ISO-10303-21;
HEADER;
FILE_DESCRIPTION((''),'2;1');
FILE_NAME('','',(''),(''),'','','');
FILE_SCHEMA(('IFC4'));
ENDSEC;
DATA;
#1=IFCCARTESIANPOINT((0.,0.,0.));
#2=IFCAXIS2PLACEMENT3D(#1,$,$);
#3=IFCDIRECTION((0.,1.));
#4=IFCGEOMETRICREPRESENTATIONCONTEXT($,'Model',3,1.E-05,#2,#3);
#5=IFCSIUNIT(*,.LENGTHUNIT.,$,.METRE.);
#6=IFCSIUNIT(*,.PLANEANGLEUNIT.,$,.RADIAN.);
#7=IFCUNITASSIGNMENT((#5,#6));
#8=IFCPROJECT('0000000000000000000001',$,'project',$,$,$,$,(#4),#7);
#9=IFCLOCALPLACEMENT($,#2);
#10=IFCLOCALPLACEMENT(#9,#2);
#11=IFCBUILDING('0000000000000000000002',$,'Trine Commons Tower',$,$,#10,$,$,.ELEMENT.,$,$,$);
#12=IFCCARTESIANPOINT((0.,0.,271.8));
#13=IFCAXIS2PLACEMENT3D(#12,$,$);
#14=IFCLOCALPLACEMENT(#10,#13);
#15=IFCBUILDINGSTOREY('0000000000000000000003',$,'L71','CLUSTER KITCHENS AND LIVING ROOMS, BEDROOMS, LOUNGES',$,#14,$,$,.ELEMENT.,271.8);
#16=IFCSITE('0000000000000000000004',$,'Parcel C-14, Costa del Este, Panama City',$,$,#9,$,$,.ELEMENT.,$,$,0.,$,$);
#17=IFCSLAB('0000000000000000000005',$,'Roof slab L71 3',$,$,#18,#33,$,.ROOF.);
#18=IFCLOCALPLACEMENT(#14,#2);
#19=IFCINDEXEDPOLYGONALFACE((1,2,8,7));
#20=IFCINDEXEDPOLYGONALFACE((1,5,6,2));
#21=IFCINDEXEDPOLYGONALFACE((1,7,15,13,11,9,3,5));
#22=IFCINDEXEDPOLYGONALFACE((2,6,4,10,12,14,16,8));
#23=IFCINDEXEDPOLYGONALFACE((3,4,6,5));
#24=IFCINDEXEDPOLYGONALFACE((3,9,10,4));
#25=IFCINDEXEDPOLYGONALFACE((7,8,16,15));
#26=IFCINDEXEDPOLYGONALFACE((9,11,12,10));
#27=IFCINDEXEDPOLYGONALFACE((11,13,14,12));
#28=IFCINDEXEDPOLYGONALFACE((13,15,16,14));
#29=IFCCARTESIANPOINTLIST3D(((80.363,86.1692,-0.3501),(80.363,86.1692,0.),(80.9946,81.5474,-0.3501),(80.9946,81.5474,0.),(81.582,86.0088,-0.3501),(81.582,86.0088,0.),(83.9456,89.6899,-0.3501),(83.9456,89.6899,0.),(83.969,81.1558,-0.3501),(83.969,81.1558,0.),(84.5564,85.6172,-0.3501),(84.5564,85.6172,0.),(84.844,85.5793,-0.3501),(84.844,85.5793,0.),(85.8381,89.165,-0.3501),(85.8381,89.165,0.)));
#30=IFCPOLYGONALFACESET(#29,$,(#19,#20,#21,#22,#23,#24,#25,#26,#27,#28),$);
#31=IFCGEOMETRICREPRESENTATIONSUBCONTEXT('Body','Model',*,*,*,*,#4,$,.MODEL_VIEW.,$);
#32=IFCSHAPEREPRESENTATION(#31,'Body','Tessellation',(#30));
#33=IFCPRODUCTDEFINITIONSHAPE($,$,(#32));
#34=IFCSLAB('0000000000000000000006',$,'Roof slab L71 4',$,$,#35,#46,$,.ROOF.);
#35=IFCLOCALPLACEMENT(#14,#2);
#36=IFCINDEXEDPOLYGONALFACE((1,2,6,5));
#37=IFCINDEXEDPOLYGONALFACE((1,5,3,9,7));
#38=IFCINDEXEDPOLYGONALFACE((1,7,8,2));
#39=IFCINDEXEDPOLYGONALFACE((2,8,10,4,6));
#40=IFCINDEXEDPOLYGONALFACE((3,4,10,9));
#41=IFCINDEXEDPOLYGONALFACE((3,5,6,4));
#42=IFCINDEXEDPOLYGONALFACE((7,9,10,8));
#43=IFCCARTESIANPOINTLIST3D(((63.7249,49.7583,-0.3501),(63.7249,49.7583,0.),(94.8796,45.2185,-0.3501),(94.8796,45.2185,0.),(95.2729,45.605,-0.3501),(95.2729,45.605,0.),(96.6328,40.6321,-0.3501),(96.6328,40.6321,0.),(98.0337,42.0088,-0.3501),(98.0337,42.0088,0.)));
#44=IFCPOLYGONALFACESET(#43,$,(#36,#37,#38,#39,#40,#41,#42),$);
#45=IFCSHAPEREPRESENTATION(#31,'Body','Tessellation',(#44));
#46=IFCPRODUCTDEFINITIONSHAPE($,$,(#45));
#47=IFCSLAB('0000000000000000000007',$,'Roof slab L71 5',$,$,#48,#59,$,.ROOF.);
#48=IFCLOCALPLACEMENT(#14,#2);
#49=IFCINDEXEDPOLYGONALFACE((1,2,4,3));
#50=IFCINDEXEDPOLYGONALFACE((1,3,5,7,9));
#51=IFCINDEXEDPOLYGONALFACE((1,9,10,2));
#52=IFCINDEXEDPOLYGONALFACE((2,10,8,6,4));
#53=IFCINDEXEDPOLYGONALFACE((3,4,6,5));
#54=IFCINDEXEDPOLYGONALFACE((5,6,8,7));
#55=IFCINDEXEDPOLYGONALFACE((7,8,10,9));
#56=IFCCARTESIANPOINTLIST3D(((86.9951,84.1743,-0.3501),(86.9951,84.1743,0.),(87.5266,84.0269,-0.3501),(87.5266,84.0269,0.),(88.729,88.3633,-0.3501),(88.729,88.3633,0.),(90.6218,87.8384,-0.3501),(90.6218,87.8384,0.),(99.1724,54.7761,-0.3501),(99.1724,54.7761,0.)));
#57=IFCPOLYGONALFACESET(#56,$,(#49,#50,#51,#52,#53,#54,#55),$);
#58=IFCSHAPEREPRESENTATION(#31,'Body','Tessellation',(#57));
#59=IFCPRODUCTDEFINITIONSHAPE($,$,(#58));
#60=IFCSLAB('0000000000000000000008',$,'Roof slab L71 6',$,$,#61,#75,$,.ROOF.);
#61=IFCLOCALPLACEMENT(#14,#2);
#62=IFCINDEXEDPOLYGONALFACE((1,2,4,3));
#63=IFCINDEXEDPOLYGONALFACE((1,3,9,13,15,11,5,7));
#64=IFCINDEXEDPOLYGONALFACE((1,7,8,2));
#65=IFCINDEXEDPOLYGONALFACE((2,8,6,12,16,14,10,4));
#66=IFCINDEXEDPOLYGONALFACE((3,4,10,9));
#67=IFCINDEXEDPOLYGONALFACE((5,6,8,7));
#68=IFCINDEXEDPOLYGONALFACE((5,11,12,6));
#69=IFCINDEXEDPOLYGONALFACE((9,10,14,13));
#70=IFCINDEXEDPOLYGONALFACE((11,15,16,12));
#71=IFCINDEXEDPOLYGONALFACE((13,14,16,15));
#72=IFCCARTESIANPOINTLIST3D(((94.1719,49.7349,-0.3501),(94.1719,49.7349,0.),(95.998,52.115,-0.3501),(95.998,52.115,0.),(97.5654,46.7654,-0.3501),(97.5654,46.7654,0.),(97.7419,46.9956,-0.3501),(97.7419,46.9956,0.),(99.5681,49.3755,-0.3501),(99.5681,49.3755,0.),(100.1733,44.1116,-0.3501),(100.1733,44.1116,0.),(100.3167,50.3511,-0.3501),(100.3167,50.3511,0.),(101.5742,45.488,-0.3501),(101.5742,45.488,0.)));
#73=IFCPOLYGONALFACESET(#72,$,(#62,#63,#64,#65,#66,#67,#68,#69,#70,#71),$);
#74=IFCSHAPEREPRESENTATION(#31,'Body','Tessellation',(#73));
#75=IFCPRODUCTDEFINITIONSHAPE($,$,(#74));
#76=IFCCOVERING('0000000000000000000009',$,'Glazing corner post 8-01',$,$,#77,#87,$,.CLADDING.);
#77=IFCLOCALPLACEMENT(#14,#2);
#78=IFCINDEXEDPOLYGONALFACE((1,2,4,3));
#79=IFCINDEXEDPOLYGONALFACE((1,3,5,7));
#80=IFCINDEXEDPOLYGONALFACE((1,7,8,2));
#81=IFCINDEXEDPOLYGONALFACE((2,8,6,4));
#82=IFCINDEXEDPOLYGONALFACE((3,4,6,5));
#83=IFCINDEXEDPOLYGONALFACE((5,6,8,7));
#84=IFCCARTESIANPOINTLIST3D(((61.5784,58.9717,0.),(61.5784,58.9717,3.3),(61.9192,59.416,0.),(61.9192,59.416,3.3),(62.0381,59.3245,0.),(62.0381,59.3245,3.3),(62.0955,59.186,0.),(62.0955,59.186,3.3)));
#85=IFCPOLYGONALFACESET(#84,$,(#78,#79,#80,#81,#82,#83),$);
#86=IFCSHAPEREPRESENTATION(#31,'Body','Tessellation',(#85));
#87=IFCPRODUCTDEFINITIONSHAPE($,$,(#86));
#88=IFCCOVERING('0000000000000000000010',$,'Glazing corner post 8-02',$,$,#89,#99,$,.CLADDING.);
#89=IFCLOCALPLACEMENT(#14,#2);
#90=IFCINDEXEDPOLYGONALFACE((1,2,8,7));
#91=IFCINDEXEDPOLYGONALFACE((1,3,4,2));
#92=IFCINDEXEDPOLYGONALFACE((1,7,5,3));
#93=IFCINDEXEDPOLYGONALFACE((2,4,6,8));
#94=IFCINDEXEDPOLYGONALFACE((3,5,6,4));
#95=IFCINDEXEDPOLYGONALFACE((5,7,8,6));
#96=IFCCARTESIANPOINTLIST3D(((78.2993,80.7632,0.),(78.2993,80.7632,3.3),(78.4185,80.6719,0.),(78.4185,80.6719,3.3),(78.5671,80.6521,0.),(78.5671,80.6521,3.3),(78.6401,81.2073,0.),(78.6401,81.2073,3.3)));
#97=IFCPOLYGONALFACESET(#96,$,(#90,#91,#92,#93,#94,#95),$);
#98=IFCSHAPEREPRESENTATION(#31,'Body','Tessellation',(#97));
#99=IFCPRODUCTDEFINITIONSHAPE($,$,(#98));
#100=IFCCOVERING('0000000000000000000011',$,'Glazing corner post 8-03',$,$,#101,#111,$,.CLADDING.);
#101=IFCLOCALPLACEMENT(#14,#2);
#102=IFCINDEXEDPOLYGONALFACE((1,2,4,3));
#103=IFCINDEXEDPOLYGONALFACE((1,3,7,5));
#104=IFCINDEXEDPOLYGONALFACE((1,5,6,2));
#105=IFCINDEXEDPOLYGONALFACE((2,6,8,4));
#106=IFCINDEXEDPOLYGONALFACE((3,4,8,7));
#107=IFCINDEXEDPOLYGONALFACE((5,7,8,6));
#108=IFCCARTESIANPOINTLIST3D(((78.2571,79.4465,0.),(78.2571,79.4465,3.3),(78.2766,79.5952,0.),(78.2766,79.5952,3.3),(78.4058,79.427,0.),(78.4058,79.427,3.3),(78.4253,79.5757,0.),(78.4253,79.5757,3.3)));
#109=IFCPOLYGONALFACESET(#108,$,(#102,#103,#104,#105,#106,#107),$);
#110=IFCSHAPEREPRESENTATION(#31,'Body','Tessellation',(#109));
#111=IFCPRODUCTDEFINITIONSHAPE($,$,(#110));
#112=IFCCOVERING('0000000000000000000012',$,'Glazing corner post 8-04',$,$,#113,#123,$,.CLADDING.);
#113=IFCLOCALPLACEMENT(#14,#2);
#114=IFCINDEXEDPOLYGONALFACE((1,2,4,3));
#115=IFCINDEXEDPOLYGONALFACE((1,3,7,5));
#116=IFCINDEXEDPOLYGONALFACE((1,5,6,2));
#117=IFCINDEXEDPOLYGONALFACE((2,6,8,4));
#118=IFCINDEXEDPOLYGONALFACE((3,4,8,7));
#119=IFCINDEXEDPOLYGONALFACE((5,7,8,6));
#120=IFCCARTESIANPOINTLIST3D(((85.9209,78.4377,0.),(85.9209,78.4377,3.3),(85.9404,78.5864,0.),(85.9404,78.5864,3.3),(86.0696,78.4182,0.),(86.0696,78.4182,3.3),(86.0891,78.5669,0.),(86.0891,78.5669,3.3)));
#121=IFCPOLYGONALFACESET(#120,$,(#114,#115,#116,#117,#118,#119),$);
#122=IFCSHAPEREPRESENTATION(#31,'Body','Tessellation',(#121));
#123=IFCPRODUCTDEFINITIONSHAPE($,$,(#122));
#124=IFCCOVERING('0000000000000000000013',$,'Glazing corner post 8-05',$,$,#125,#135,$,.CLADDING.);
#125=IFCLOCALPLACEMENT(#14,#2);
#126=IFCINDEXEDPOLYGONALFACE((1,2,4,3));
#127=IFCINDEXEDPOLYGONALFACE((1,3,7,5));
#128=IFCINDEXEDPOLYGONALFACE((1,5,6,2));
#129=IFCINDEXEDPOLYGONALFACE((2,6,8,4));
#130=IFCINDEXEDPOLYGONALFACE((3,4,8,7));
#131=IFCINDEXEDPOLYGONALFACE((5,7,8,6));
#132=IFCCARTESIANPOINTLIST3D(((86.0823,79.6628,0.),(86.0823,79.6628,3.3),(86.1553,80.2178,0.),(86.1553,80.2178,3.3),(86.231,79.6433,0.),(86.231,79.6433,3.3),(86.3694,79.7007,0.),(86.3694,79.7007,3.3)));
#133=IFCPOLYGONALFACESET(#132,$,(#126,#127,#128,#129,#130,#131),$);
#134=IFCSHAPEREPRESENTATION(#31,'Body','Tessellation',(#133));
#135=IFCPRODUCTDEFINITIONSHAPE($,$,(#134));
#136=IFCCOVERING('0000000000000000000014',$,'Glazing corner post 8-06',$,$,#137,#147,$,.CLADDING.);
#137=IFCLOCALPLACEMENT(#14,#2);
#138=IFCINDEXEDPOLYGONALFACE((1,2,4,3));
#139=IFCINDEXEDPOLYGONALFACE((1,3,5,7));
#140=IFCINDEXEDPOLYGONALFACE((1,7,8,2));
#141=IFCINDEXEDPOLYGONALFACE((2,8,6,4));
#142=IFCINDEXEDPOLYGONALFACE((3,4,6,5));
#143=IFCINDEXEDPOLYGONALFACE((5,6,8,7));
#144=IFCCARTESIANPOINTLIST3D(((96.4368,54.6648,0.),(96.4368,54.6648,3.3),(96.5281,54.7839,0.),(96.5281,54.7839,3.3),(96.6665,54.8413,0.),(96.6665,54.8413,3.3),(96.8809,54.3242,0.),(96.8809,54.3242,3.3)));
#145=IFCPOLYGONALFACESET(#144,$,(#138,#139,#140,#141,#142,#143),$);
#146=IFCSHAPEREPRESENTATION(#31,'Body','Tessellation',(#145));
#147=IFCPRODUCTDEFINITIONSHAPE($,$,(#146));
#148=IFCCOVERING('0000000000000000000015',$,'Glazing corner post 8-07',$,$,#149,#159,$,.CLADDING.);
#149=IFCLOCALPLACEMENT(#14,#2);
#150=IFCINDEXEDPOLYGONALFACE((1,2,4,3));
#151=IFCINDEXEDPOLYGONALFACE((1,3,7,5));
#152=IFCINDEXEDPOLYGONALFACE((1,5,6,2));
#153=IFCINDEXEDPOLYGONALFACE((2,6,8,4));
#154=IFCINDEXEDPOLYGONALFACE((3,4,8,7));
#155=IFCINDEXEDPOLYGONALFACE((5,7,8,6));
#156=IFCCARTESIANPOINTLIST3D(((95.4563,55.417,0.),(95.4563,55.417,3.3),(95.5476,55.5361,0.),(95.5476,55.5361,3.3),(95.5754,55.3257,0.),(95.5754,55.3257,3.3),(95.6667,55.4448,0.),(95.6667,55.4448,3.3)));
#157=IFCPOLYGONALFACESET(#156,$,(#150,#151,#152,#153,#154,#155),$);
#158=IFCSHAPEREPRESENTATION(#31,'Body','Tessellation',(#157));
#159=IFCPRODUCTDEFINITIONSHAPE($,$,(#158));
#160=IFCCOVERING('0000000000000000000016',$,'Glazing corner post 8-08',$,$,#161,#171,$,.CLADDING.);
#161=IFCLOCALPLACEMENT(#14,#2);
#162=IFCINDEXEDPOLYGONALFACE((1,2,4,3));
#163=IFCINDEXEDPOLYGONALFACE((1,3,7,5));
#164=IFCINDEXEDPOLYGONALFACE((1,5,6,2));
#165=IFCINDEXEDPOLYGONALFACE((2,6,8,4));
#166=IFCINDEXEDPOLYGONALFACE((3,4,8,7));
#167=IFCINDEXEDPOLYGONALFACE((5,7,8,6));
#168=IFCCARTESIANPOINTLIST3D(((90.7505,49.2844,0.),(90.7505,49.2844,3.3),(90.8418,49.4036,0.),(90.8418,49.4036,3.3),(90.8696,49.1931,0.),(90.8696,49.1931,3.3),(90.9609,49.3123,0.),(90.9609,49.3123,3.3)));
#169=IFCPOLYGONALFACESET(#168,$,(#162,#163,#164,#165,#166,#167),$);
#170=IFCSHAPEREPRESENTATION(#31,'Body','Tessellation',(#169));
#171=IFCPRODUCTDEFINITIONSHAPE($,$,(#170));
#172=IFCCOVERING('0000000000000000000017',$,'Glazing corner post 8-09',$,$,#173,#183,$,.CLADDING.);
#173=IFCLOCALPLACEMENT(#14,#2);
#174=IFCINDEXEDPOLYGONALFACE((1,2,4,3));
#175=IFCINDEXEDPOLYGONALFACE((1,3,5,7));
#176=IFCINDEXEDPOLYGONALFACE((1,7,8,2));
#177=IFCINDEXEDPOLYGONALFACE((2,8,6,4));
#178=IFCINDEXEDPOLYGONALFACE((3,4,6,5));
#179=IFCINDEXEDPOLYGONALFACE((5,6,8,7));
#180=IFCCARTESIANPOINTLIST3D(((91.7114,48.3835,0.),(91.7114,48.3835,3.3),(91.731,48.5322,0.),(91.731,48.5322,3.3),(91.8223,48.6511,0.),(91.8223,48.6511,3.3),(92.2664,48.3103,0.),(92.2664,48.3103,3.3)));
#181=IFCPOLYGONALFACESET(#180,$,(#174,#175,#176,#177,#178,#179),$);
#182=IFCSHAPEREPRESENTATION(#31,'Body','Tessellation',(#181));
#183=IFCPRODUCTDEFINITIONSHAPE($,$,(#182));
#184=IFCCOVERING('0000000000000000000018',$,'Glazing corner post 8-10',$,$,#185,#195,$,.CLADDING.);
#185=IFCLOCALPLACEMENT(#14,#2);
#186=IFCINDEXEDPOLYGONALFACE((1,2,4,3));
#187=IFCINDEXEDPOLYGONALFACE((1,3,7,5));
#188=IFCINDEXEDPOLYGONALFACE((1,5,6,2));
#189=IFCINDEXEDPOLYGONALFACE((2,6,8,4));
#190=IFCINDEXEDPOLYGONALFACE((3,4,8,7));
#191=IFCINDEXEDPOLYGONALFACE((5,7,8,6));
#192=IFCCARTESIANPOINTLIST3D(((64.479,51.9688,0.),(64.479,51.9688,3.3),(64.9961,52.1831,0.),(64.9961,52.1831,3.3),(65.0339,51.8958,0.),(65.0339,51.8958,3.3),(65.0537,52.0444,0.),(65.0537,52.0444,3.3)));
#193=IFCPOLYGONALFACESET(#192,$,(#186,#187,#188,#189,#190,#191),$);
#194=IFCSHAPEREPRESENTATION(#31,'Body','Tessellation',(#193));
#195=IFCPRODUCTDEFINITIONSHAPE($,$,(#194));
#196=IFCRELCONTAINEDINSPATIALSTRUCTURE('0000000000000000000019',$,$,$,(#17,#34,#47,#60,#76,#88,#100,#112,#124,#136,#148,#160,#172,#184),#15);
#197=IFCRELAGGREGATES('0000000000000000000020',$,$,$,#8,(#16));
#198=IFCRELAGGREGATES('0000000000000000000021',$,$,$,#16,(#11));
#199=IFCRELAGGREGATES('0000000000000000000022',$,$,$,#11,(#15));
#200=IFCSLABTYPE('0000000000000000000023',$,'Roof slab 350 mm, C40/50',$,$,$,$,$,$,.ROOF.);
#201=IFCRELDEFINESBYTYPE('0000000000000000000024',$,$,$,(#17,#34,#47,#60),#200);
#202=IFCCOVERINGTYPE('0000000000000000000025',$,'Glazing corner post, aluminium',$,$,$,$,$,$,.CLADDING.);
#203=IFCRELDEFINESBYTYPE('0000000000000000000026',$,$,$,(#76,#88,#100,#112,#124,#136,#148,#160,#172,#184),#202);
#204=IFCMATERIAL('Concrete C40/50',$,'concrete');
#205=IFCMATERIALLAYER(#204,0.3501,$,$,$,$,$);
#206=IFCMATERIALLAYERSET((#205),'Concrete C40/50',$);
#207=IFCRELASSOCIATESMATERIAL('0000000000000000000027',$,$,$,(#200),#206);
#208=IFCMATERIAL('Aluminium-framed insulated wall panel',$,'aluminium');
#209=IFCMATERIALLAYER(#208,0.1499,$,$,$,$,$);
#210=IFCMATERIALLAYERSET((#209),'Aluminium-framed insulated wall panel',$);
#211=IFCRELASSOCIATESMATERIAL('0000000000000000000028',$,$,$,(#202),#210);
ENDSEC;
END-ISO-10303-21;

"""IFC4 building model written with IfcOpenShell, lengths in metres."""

from ifc_helpers import new_model, si_unit, direction, frame, origin, place, context, subcontext, project, spatial, polyline, outline, extrude, material, layer, layer_set, type_object, element, save


model = new_model("IFC4")

# Units and contexts
model_context = context("Model", 3, precision=1e-05, world=origin(), true_north=direction((0.0, 1.0)))
body_context = subcontext(model_context, "Body", "Model", "MODEL_VIEW")
ifc_project = project(units=[si_unit("LENGTHUNIT", "METRE"), si_unit("PLANEANGLEUNIT", "RADIAN")], contexts=[model_context])

# Site, building, storey
site_placement = place(None, origin())
site = spatial("IfcSite", under=ifc_project, at=site_placement, Name="Parcel C-14, Costa del Este, Panama City", CompositionType="ELEMENT", RefElevation=0.0)
building_placement = place(site_placement, origin())
building = spatial("IfcBuilding", under=site, at=building_placement, Name="Trine Commons Tower", CompositionType="ELEMENT")
storey_placement = place(building_placement, frame((0.0, 0.0, 271.8)))
storey = spatial("IfcBuildingStorey", under=building, at=storey_placement, Name="L71", Description="CLUSTER KITCHENS AND LIVING ROOMS, BEDROOMS, LOUNGES", CompositionType="ELEMENT", Elevation=271.8)

# Slabs
ifc_material_1 = material(Name="Concrete C40/50", Category="concrete")
ifc_layer_1 = layer(ifc_material_1, 0.3501)
ifc_layer_set_1 = layer_set([ifc_layer_1], Name="Concrete C40/50")
slab_type_1 = type_object("IfcSlabType", Name="Roof slab 350 mm, C40/50", PredefinedType="ROOF", material=ifc_layer_set_1)
slab_1_placement = place(storey_placement, frame((0.0, 0.0, -0.3501)))
element("IfcSlab", 1, at=slab_1_placement, inside=storey, type_object=slab_type_1, Name="Roof slab L71 3", PredefinedType="ROOF", context=body_context, shape_type="SweptSolid", body=[
    extrude(outline(polyline([(80.363, 86.1692), (81.582, 86.0088), (80.9946, 81.5474), (83.969, 81.1558), (84.5564, 85.6172), (84.844, 85.5793), (85.8381, 89.165), (83.9456, 89.6899), (80.363, 86.1692)])), origin(), (0.0, 0.0, 1.0), 0.3501),
])
slab_2_placement = place(storey_placement, frame((0.0, 0.0, -0.3501)))
element("IfcSlab", 2, at=slab_2_placement, inside=storey, type_object=slab_type_1, Name="Roof slab L71 4", PredefinedType="ROOF", context=body_context, shape_type="SweptSolid", body=[
    extrude(outline(polyline([(95.2729, 45.605), (63.7249, 49.7583), (96.6328, 40.6321), (98.0337, 42.0088), (94.8796, 45.2185), (95.2729, 45.605)])), origin(), (0.0, 0.0, 1.0), 0.3501),
])
slab_3_placement = place(storey_placement, frame((0.0, 0.0, -0.3501)))
element("IfcSlab", 3, at=slab_3_placement, inside=storey, type_object=slab_type_1, Name="Roof slab L71 5", PredefinedType="ROOF", context=body_context, shape_type="SweptSolid", body=[
    extrude(outline(polyline([(86.9951, 84.1743), (99.1724, 54.7761), (90.6218, 87.8384), (88.729, 88.3633), (87.5266, 84.0269), (86.9951, 84.1743)])), origin(), (0.0, 0.0, 1.0), 0.3501),
])
slab_4_placement = place(storey_placement, frame((0.0, 0.0, -0.3501)))
element("IfcSlab", 4, at=slab_4_placement, inside=storey, type_object=slab_type_1, Name="Roof slab L71 6", PredefinedType="ROOF", context=body_context, shape_type="SweptSolid", body=[
    extrude(outline(polyline([(101.5742, 45.488), (100.3167, 50.3511), (99.5681, 49.3755), (95.998, 52.115), (94.1719, 49.7349), (97.7419, 46.9956), (97.5654, 46.7654), (100.1733, 44.1116), (101.5742, 45.488)])), origin(), (0.0, 0.0, 1.0), 0.3501),
])

# Coverings
ifc_material_2 = material(Name="Aluminium-framed insulated wall panel", Category="aluminium")
ifc_layer_2 = layer(ifc_material_2, 0.1499)
ifc_layer_set_2 = layer_set([ifc_layer_2], Name="Aluminium-framed insulated wall panel")
covering_type_1 = type_object("IfcCoveringType", Name="Glazing corner post, aluminium", PredefinedType="CLADDING", material=ifc_layer_set_2)
covering_1_placement = place(storey_placement, origin())
element("IfcCovering", 5, at=covering_1_placement, inside=storey, type_object=covering_type_1, Name="Glazing corner post 8-01", PredefinedType="CLADDING", context=body_context, shape_type="SweptSolid", body=[
    extrude(outline(polyline([(62.0381, 59.3245), (61.9192, 59.416), (61.5784, 58.9717), (62.0955, 59.186), (62.0381, 59.3245), (62.0381, 59.3245)])), origin(), (0.0, 0.0, 1.0), 3.3),
])
covering_2_placement = place(storey_placement, origin())
element("IfcCovering", 6, at=covering_2_placement, inside=storey, type_object=covering_type_1, Name="Glazing corner post 8-02", PredefinedType="CLADDING", context=body_context, shape_type="SweptSolid", body=[
    extrude(outline(polyline([(78.4185, 80.6719), (78.5671, 80.6521), (78.6401, 81.2073), (78.2993, 80.7632), (78.4185, 80.6719), (78.4185, 80.6719)])), origin(), (0.0, 0.0, 1.0), 3.3),
])
covering_3_placement = place(storey_placement, origin())
element("IfcCovering", 7, at=covering_3_placement, inside=storey, type_object=covering_type_1, Name="Glazing corner post 8-03", PredefinedType="CLADDING", context=body_context, shape_type="SweptSolid", body=[
    extrude(outline(polyline([(78.4058, 79.427), (78.4253, 79.5757), (78.2766, 79.5952), (78.2571, 79.4465), (78.4058, 79.427)])), origin(), (0.0, 0.0, 1.0), 3.3),
])
covering_4_placement = place(storey_placement, origin())
element("IfcCovering", 8, at=covering_4_placement, inside=storey, type_object=covering_type_1, Name="Glazing corner post 8-04", PredefinedType="CLADDING", context=body_context, shape_type="SweptSolid", body=[
    extrude(outline(polyline([(85.9209, 78.4377), (86.0696, 78.4182), (86.0891, 78.5669), (85.9404, 78.5864), (85.9209, 78.4377)])), origin(), (0.0, 0.0, 1.0), 3.3),
])
covering_5_placement = place(storey_placement, origin())
element("IfcCovering", 9, at=covering_5_placement, inside=storey, type_object=covering_type_1, Name="Glazing corner post 8-05", PredefinedType="CLADDING", context=body_context, shape_type="SweptSolid", body=[
    extrude(outline(polyline([(86.0823, 79.6628), (86.231, 79.6433), (86.3694, 79.7007), (86.1553, 80.2178), (86.0823, 79.6628)])), origin(), (0.0, 0.0, 1.0), 3.3),
])
covering_6_placement = place(storey_placement, origin())
element("IfcCovering", 10, at=covering_6_placement, inside=storey, type_object=covering_type_1, Name="Glazing corner post 8-06", PredefinedType="CLADDING", context=body_context, shape_type="SweptSolid", body=[
    extrude(outline(polyline([(96.4368, 54.6648), (96.8809, 54.3242), (96.6665, 54.8413), (96.5281, 54.7839), (96.4368, 54.6648)])), origin(), (0.0, 0.0, 1.0), 3.3),
])
covering_7_placement = place(storey_placement, origin())
element("IfcCovering", 11, at=covering_7_placement, inside=storey, type_object=covering_type_1, Name="Glazing corner post 8-07", PredefinedType="CLADDING", context=body_context, shape_type="SweptSolid", body=[
    extrude(outline(polyline([(95.4563, 55.417), (95.5754, 55.3257), (95.6667, 55.4448), (95.5476, 55.5361), (95.4563, 55.417)])), origin(), (0.0, 0.0, 1.0), 3.3),
])
covering_8_placement = place(storey_placement, origin())
element("IfcCovering", 12, at=covering_8_placement, inside=storey, type_object=covering_type_1, Name="Glazing corner post 8-08", PredefinedType="CLADDING", context=body_context, shape_type="SweptSolid", body=[
    extrude(outline(polyline([(90.8696, 49.1931), (90.9609, 49.3123), (90.8418, 49.4036), (90.7505, 49.2844), (90.8696, 49.1931)])), origin(), (0.0, 0.0, 1.0), 3.3),
])
covering_9_placement = place(storey_placement, origin())
element("IfcCovering", 13, at=covering_9_placement, inside=storey, type_object=covering_type_1, Name="Glazing corner post 8-09", PredefinedType="CLADDING", context=body_context, shape_type="SweptSolid", body=[
    extrude(outline(polyline([(91.7114, 48.3835), (92.2664, 48.3103), (91.8223, 48.6511), (91.731, 48.5322), (91.7114, 48.3835)])), origin(), (0.0, 0.0, 1.0), 3.3),
])
covering_10_placement = place(storey_placement, origin())
element("IfcCovering", 14, at=covering_10_placement, inside=storey, type_object=covering_type_1, Name="Glazing corner post 8-10", PredefinedType="CLADDING", context=body_context, shape_type="SweptSolid", body=[
    extrude(outline(polyline([(65.0339, 51.8958), (65.0537, 52.0444), (64.9961, 52.1831), (64.479, 51.9688), (65.0339, 51.8958)])), origin(), (0.0, 0.0, 1.0), 3.3),
])

save(model, "model.ifc")
